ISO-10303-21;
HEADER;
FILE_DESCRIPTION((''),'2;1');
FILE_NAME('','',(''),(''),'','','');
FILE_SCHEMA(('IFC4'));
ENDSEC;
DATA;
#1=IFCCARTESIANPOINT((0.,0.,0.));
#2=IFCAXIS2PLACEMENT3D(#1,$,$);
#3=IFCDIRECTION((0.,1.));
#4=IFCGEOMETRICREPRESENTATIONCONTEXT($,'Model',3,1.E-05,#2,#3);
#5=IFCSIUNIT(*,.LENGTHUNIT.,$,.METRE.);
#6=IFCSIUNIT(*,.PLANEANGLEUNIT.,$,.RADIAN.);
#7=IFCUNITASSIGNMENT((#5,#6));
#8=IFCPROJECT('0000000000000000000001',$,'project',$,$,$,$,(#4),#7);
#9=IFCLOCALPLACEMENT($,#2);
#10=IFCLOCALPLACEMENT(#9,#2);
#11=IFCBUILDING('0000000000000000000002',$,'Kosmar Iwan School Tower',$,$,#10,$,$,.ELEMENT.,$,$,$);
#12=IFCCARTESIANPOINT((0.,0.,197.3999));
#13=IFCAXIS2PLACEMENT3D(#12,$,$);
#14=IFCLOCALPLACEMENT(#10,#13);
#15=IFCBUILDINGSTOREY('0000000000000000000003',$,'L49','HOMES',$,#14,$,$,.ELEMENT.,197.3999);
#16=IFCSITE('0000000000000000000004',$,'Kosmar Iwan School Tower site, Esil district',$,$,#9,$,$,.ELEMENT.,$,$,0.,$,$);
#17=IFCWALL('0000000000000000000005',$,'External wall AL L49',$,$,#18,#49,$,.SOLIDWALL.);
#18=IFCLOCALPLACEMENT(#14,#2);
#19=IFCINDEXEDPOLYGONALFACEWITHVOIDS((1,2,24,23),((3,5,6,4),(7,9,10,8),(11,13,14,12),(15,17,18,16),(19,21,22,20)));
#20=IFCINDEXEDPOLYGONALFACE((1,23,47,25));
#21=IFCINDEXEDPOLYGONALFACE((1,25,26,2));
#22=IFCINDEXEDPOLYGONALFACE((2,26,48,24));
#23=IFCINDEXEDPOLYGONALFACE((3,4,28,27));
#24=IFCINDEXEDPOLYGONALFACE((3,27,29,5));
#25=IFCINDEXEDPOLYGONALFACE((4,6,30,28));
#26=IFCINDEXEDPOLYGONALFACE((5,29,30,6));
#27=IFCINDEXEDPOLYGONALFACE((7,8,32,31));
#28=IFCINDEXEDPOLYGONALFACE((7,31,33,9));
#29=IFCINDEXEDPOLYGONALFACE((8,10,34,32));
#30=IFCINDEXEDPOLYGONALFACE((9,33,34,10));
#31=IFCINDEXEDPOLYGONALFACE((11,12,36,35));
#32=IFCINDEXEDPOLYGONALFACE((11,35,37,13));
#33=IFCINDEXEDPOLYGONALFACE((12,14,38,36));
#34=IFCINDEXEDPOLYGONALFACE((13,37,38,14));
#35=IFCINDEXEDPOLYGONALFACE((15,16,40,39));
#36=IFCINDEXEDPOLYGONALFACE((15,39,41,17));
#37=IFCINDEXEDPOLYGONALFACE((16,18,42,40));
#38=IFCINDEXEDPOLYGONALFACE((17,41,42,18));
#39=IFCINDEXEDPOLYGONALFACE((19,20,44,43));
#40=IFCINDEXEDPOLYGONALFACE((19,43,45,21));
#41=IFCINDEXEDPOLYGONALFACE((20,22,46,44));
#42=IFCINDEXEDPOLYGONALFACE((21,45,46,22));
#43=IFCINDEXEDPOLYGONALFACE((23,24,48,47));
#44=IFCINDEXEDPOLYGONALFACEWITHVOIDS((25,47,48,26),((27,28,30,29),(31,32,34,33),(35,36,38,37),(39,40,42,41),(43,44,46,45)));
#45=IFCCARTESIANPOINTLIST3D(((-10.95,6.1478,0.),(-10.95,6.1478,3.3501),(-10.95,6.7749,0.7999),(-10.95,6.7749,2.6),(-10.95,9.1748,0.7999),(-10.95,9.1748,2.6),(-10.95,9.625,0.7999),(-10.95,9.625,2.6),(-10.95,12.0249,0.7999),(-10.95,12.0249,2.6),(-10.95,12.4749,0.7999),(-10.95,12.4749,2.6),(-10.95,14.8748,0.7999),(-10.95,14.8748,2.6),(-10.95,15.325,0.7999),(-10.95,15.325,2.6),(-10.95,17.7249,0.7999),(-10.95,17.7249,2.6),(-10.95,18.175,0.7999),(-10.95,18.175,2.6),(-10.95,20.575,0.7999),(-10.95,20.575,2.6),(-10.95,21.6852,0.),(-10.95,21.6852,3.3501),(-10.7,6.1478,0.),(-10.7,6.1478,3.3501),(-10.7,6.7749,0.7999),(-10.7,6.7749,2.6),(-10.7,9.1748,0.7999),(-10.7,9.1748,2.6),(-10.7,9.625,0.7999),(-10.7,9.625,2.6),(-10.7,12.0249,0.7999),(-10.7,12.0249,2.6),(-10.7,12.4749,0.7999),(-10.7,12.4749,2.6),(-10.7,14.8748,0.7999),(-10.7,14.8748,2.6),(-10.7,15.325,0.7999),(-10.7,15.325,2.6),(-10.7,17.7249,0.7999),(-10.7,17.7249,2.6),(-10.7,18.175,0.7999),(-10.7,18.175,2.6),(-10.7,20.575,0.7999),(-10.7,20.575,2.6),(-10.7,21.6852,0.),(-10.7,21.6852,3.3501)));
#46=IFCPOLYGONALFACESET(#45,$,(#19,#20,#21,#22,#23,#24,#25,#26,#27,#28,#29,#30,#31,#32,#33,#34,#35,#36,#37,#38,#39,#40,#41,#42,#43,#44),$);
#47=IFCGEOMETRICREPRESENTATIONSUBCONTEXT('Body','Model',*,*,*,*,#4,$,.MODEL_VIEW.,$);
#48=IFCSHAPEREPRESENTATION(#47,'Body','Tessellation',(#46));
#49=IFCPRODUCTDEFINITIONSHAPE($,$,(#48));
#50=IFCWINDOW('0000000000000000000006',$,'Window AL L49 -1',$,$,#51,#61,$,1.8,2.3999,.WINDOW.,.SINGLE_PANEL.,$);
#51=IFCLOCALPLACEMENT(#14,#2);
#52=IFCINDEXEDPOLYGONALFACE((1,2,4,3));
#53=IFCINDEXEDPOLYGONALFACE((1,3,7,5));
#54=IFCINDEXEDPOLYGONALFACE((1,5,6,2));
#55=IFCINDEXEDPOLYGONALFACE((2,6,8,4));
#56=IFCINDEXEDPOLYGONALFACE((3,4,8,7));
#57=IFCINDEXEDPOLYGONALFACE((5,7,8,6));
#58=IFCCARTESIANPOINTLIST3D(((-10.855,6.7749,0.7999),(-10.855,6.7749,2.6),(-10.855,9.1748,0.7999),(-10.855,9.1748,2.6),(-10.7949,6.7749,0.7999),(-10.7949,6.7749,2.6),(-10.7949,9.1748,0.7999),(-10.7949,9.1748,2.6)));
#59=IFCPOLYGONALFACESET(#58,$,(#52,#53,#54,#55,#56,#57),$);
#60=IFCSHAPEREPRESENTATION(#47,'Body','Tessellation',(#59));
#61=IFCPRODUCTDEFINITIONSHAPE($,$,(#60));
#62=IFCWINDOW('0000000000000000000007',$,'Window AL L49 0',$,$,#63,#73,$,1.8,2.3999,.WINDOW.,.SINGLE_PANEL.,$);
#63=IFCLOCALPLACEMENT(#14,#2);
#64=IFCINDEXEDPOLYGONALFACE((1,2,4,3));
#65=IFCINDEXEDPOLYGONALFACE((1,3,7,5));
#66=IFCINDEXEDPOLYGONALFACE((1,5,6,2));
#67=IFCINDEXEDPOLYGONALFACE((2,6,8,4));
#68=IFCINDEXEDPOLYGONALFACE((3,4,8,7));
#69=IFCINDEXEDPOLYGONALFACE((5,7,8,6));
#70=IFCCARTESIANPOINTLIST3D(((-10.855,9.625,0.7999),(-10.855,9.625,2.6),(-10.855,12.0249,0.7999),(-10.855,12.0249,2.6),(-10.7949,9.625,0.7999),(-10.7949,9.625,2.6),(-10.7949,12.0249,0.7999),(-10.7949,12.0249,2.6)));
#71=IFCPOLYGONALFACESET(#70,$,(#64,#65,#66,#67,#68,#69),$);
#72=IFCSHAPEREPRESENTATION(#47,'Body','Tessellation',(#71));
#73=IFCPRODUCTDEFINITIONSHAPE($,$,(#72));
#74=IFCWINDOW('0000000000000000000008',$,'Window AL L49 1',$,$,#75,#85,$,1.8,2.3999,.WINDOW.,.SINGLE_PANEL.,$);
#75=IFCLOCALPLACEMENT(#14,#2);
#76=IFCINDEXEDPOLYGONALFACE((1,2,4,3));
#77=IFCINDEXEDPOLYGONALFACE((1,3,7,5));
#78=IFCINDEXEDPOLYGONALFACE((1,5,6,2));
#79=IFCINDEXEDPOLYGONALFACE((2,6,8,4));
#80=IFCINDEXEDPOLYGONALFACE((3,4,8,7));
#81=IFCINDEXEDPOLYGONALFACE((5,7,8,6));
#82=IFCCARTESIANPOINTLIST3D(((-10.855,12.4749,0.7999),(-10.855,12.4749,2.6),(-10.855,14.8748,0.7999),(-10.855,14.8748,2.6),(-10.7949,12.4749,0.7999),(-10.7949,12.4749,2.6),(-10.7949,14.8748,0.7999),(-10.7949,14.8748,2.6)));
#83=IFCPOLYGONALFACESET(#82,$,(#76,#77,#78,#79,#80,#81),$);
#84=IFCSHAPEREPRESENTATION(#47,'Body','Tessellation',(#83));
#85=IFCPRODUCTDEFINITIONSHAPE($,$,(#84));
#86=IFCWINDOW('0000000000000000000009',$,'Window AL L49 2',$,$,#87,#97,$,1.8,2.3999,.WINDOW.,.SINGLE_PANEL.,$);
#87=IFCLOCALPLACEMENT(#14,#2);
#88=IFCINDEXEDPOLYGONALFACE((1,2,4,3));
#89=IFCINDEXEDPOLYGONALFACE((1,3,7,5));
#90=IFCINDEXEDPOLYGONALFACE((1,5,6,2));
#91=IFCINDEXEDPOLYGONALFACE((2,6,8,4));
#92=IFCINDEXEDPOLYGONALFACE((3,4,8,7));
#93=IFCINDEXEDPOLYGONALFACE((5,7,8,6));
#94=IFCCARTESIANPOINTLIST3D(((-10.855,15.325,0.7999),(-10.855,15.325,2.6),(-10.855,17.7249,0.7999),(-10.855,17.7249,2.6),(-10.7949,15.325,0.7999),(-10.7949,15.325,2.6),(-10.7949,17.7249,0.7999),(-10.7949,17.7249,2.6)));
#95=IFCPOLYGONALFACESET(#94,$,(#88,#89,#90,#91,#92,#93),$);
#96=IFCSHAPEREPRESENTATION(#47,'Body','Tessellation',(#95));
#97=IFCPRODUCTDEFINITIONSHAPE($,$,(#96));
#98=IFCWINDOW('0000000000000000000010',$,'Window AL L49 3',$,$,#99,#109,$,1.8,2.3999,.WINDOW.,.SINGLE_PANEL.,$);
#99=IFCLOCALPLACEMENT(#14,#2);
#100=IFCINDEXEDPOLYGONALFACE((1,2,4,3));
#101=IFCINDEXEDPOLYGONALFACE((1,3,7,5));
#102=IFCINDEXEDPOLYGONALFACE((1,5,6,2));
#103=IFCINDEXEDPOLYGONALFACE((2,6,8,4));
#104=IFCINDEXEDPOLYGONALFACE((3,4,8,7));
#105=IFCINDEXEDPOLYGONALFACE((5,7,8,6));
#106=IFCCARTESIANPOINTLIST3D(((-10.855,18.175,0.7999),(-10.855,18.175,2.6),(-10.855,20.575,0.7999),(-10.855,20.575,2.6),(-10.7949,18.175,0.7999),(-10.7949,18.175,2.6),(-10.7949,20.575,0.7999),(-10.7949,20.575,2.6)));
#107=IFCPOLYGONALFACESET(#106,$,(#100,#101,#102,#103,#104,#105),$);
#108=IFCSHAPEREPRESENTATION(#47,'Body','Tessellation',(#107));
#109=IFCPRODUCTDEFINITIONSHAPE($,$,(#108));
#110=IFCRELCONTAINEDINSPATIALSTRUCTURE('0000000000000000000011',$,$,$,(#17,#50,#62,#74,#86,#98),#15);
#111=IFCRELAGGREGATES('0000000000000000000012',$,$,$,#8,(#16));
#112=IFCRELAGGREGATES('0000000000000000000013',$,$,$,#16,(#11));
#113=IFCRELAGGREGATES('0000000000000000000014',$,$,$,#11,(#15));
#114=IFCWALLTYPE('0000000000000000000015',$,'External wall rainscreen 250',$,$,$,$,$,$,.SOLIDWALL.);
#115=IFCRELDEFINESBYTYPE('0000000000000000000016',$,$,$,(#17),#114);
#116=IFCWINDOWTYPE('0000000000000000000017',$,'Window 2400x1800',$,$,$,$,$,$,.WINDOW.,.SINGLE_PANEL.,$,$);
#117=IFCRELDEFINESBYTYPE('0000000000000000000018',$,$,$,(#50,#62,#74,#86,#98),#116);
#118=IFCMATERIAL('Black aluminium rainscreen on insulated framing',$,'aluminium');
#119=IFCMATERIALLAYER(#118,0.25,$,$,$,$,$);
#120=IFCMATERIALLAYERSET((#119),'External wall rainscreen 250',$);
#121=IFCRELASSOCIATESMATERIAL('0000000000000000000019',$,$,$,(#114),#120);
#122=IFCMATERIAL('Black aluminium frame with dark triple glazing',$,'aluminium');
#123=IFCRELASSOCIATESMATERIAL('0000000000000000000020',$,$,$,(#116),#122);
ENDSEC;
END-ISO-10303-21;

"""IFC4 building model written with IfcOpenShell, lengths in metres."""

from ifc_helpers import new_model, si_unit, direction, frame, frame_2d, origin, place, context, subcontext, project, spatial, rectangle, extrude, material, layer, layer_set, type_object, element, fill, save


model = new_model("IFC4")

# Units and contexts
model_context = context("Model", 3, precision=1e-05, world=origin(), true_north=direction((0.0, 1.0)))
body_context = subcontext(model_context, "Body", "Model", "MODEL_VIEW")
ifc_project = project(units=[si_unit("LENGTHUNIT", "METRE"), si_unit("PLANEANGLEUNIT", "RADIAN")], contexts=[model_context])

# Site, building, storey
site_placement = place(None, origin())
site = spatial("IfcSite", under=ifc_project, at=site_placement, Name="Kosmar Iwan School Tower site, Esil district", CompositionType="ELEMENT", RefElevation=0.0)
building_placement = place(site_placement, origin())
building = spatial("IfcBuilding", under=site, at=building_placement, Name="Kosmar Iwan School Tower", CompositionType="ELEMENT")
storey_placement = place(building_placement, frame((0.0, 0.0, 197.3999)))
storey = spatial("IfcBuildingStorey", under=building, at=storey_placement, Name="L49", Description="HOMES", CompositionType="ELEMENT", Elevation=197.3999)

# Wall, openings, windows
ifc_material_1 = material(Name="Black aluminium rainscreen on insulated framing", Category="aluminium")
ifc_layer_1 = layer(ifc_material_1, 0.25)
ifc_layer_set_1 = layer_set([ifc_layer_1], Name="External wall rainscreen 250")
wall_type_1 = type_object("IfcWallType", Name="External wall rainscreen 250", PredefinedType="SOLIDWALL", material=ifc_layer_set_1)
wall_1_placement = place(storey_placement, frame((-10.825, 6.1479, 0.0), z_axis=(0.0, 0.0, 1.0), x_axis=(0.0, 1.0, 0.0)))
wall_1 = element("IfcWall", 1, at=wall_1_placement, inside=storey, type_object=wall_type_1, Name="External wall AL L49", PredefinedType="SOLIDWALL", context=body_context, shape_type="SweptSolid", body=[
    extrude(rectangle(XDim=15.5374, YDim=0.25, at=frame_2d((7.7686, 0.0))), origin(), (0.0, 0.0, 1.0), 3.3501),
])
opening_1_placement = place(wall_1_placement, frame((0.627, 0.0, 0.8)))
opening_1 = element("IfcOpeningElement", 2, at=opening_1_placement, cuts=wall_1, PredefinedType="OPENING", context=body_context, shape_type="SweptSolid", body=[
    extrude(rectangle(XDim=2.3999, YDim=1.8, at=frame_2d((1.2, 0.8999))), frame((0.0, 0.137, 0.0), z_axis=(0.0, -1.0, 0.0), x_axis=(1.0, 0.0, 0.0)), (0.0, 0.0, 1.0), 0.2739),
])
opening_2_placement = place(wall_1_placement, frame((3.4771, 0.0, 0.8)))
opening_2 = element("IfcOpeningElement", 3, at=opening_2_placement, cuts=wall_1, PredefinedType="OPENING", context=body_context, shape_type="SweptSolid", body=[
    extrude(rectangle(XDim=2.3999, YDim=1.8, at=frame_2d((1.2, 0.8999))), frame((0.0, 0.137, 0.0), z_axis=(0.0, -1.0, 0.0), x_axis=(1.0, 0.0, 0.0)), (0.0, 0.0, 1.0), 0.2739),
])
opening_3_placement = place(wall_1_placement, frame((6.3269, 0.0, 0.8)))
opening_3 = element("IfcOpeningElement", 4, at=opening_3_placement, cuts=wall_1, PredefinedType="OPENING", context=body_context, shape_type="SweptSolid", body=[
    extrude(rectangle(XDim=2.3999, YDim=1.8, at=frame_2d((1.2, 0.8999))), frame((0.0, 0.137, 0.0), z_axis=(0.0, -1.0, 0.0), x_axis=(1.0, 0.0, 0.0)), (0.0, 0.0, 1.0), 0.2739),
])
opening_4_placement = place(wall_1_placement, frame((9.177, 0.0, 0.8)))
opening_4 = element("IfcOpeningElement", 5, at=opening_4_placement, cuts=wall_1, PredefinedType="OPENING", context=body_context, shape_type="SweptSolid", body=[
    extrude(rectangle(XDim=2.3999, YDim=1.8, at=frame_2d((1.2, 0.8999))), frame((0.0, 0.137, 0.0), z_axis=(0.0, -1.0, 0.0), x_axis=(1.0, 0.0, 0.0)), (0.0, 0.0, 1.0), 0.2739),
])
opening_5_placement = place(wall_1_placement, frame((12.0271, 0.0, 0.8)))
opening_5 = element("IfcOpeningElement", 6, at=opening_5_placement, cuts=wall_1, PredefinedType="OPENING", context=body_context, shape_type="SweptSolid", body=[
    extrude(rectangle(XDim=2.3999, YDim=1.8, at=frame_2d((1.2, 0.8999))), frame((0.0, 0.137, 0.0), z_axis=(0.0, -1.0, 0.0), x_axis=(1.0, 0.0, 0.0)), (0.0, 0.0, 1.0), 0.2739),
])
ifc_material_2 = material(Name="Black aluminium frame with dark triple glazing", Category="aluminium")
window_type = type_object("IfcWindowType", Name="Window 2400x1800", PartitioningType="SINGLE_PANEL", PredefinedType="WINDOW", material=ifc_material_2)
window_1_placement = place(opening_1_placement, origin())
window_1 = element("IfcWindow", 7, at=window_1_placement, inside=storey, type_object=window_type, Name="Window AL L49 -1", OverallHeight=1.8, OverallWidth=2.3999, PartitioningType="SINGLE_PANEL", PredefinedType="WINDOW", context=body_context, shape_type="SweptSolid", body=[
    extrude(rectangle(XDim=2.3999, YDim=1.8, at=frame_2d((1.2, 0.8999))), frame((0.0, 0.03, 0.0), z_axis=(0.0, -1.0, 0.0), x_axis=(1.0, 0.0, 0.0)), (0.0, 0.0, 1.0), 0.0601),
])
fill(opening_1, window_1)
window_2_placement = place(opening_2_placement, origin())
window_2 = element("IfcWindow", 8, at=window_2_placement, inside=storey, type_object=window_type, Name="Window AL L49 0", OverallHeight=1.8, OverallWidth=2.3999, PartitioningType="SINGLE_PANEL", PredefinedType="WINDOW", context=body_context, shape_type="SweptSolid", body=[
    extrude(rectangle(XDim=2.3999, YDim=1.8, at=frame_2d((1.2, 0.8999))), frame((0.0, 0.03, 0.0), z_axis=(0.0, -1.0, 0.0), x_axis=(1.0, 0.0, 0.0)), (0.0, 0.0, 1.0), 0.0601),
])
fill(opening_2, window_2)
window_3_placement = place(opening_3_placement, origin())
window_3 = element("IfcWindow", 9, at=window_3_placement, inside=storey, type_object=window_type, Name="Window AL L49 1", OverallHeight=1.8, OverallWidth=2.3999, PartitioningType="SINGLE_PANEL", PredefinedType="WINDOW", context=body_context, shape_type="SweptSolid", body=[
    extrude(rectangle(XDim=2.3999, YDim=1.8, at=frame_2d((1.2, 0.8999))), frame((0.0, 0.03, 0.0), z_axis=(0.0, -1.0, 0.0), x_axis=(1.0, 0.0, 0.0)), (0.0, 0.0, 1.0), 0.0601),
])
fill(opening_3, window_3)
window_4_placement = place(opening_4_placement, origin())
window_4 = element("IfcWindow", 10, at=window_4_placement, inside=storey, type_object=window_type, Name="Window AL L49 2", OverallHeight=1.8, OverallWidth=2.3999, PartitioningType="SINGLE_PANEL", PredefinedType="WINDOW", context=body_context, shape_type="SweptSolid", body=[
    extrude(rectangle(XDim=2.3999, YDim=1.8, at=frame_2d((1.2, 0.8999))), frame((0.0, 0.03, 0.0), z_axis=(0.0, -1.0, 0.0), x_axis=(1.0, 0.0, 0.0)), (0.0, 0.0, 1.0), 0.0601),
])
fill(opening_4, window_4)
window_5_placement = place(opening_5_placement, origin())
window_5 = element("IfcWindow", 11, at=window_5_placement, inside=storey, type_object=window_type, Name="Window AL L49 3", OverallHeight=1.8, OverallWidth=2.3999, PartitioningType="SINGLE_PANEL", PredefinedType="WINDOW", context=body_context, shape_type="SweptSolid", body=[
    extrude(rectangle(XDim=2.3999, YDim=1.8, at=frame_2d((1.2, 0.8999))), frame((0.0, 0.03, 0.0), z_axis=(0.0, -1.0, 0.0), x_axis=(1.0, 0.0, 0.0)), (0.0, 0.0, 1.0), 0.0601),
])
fill(opening_5, window_5)

save(model, "model.ifc")
